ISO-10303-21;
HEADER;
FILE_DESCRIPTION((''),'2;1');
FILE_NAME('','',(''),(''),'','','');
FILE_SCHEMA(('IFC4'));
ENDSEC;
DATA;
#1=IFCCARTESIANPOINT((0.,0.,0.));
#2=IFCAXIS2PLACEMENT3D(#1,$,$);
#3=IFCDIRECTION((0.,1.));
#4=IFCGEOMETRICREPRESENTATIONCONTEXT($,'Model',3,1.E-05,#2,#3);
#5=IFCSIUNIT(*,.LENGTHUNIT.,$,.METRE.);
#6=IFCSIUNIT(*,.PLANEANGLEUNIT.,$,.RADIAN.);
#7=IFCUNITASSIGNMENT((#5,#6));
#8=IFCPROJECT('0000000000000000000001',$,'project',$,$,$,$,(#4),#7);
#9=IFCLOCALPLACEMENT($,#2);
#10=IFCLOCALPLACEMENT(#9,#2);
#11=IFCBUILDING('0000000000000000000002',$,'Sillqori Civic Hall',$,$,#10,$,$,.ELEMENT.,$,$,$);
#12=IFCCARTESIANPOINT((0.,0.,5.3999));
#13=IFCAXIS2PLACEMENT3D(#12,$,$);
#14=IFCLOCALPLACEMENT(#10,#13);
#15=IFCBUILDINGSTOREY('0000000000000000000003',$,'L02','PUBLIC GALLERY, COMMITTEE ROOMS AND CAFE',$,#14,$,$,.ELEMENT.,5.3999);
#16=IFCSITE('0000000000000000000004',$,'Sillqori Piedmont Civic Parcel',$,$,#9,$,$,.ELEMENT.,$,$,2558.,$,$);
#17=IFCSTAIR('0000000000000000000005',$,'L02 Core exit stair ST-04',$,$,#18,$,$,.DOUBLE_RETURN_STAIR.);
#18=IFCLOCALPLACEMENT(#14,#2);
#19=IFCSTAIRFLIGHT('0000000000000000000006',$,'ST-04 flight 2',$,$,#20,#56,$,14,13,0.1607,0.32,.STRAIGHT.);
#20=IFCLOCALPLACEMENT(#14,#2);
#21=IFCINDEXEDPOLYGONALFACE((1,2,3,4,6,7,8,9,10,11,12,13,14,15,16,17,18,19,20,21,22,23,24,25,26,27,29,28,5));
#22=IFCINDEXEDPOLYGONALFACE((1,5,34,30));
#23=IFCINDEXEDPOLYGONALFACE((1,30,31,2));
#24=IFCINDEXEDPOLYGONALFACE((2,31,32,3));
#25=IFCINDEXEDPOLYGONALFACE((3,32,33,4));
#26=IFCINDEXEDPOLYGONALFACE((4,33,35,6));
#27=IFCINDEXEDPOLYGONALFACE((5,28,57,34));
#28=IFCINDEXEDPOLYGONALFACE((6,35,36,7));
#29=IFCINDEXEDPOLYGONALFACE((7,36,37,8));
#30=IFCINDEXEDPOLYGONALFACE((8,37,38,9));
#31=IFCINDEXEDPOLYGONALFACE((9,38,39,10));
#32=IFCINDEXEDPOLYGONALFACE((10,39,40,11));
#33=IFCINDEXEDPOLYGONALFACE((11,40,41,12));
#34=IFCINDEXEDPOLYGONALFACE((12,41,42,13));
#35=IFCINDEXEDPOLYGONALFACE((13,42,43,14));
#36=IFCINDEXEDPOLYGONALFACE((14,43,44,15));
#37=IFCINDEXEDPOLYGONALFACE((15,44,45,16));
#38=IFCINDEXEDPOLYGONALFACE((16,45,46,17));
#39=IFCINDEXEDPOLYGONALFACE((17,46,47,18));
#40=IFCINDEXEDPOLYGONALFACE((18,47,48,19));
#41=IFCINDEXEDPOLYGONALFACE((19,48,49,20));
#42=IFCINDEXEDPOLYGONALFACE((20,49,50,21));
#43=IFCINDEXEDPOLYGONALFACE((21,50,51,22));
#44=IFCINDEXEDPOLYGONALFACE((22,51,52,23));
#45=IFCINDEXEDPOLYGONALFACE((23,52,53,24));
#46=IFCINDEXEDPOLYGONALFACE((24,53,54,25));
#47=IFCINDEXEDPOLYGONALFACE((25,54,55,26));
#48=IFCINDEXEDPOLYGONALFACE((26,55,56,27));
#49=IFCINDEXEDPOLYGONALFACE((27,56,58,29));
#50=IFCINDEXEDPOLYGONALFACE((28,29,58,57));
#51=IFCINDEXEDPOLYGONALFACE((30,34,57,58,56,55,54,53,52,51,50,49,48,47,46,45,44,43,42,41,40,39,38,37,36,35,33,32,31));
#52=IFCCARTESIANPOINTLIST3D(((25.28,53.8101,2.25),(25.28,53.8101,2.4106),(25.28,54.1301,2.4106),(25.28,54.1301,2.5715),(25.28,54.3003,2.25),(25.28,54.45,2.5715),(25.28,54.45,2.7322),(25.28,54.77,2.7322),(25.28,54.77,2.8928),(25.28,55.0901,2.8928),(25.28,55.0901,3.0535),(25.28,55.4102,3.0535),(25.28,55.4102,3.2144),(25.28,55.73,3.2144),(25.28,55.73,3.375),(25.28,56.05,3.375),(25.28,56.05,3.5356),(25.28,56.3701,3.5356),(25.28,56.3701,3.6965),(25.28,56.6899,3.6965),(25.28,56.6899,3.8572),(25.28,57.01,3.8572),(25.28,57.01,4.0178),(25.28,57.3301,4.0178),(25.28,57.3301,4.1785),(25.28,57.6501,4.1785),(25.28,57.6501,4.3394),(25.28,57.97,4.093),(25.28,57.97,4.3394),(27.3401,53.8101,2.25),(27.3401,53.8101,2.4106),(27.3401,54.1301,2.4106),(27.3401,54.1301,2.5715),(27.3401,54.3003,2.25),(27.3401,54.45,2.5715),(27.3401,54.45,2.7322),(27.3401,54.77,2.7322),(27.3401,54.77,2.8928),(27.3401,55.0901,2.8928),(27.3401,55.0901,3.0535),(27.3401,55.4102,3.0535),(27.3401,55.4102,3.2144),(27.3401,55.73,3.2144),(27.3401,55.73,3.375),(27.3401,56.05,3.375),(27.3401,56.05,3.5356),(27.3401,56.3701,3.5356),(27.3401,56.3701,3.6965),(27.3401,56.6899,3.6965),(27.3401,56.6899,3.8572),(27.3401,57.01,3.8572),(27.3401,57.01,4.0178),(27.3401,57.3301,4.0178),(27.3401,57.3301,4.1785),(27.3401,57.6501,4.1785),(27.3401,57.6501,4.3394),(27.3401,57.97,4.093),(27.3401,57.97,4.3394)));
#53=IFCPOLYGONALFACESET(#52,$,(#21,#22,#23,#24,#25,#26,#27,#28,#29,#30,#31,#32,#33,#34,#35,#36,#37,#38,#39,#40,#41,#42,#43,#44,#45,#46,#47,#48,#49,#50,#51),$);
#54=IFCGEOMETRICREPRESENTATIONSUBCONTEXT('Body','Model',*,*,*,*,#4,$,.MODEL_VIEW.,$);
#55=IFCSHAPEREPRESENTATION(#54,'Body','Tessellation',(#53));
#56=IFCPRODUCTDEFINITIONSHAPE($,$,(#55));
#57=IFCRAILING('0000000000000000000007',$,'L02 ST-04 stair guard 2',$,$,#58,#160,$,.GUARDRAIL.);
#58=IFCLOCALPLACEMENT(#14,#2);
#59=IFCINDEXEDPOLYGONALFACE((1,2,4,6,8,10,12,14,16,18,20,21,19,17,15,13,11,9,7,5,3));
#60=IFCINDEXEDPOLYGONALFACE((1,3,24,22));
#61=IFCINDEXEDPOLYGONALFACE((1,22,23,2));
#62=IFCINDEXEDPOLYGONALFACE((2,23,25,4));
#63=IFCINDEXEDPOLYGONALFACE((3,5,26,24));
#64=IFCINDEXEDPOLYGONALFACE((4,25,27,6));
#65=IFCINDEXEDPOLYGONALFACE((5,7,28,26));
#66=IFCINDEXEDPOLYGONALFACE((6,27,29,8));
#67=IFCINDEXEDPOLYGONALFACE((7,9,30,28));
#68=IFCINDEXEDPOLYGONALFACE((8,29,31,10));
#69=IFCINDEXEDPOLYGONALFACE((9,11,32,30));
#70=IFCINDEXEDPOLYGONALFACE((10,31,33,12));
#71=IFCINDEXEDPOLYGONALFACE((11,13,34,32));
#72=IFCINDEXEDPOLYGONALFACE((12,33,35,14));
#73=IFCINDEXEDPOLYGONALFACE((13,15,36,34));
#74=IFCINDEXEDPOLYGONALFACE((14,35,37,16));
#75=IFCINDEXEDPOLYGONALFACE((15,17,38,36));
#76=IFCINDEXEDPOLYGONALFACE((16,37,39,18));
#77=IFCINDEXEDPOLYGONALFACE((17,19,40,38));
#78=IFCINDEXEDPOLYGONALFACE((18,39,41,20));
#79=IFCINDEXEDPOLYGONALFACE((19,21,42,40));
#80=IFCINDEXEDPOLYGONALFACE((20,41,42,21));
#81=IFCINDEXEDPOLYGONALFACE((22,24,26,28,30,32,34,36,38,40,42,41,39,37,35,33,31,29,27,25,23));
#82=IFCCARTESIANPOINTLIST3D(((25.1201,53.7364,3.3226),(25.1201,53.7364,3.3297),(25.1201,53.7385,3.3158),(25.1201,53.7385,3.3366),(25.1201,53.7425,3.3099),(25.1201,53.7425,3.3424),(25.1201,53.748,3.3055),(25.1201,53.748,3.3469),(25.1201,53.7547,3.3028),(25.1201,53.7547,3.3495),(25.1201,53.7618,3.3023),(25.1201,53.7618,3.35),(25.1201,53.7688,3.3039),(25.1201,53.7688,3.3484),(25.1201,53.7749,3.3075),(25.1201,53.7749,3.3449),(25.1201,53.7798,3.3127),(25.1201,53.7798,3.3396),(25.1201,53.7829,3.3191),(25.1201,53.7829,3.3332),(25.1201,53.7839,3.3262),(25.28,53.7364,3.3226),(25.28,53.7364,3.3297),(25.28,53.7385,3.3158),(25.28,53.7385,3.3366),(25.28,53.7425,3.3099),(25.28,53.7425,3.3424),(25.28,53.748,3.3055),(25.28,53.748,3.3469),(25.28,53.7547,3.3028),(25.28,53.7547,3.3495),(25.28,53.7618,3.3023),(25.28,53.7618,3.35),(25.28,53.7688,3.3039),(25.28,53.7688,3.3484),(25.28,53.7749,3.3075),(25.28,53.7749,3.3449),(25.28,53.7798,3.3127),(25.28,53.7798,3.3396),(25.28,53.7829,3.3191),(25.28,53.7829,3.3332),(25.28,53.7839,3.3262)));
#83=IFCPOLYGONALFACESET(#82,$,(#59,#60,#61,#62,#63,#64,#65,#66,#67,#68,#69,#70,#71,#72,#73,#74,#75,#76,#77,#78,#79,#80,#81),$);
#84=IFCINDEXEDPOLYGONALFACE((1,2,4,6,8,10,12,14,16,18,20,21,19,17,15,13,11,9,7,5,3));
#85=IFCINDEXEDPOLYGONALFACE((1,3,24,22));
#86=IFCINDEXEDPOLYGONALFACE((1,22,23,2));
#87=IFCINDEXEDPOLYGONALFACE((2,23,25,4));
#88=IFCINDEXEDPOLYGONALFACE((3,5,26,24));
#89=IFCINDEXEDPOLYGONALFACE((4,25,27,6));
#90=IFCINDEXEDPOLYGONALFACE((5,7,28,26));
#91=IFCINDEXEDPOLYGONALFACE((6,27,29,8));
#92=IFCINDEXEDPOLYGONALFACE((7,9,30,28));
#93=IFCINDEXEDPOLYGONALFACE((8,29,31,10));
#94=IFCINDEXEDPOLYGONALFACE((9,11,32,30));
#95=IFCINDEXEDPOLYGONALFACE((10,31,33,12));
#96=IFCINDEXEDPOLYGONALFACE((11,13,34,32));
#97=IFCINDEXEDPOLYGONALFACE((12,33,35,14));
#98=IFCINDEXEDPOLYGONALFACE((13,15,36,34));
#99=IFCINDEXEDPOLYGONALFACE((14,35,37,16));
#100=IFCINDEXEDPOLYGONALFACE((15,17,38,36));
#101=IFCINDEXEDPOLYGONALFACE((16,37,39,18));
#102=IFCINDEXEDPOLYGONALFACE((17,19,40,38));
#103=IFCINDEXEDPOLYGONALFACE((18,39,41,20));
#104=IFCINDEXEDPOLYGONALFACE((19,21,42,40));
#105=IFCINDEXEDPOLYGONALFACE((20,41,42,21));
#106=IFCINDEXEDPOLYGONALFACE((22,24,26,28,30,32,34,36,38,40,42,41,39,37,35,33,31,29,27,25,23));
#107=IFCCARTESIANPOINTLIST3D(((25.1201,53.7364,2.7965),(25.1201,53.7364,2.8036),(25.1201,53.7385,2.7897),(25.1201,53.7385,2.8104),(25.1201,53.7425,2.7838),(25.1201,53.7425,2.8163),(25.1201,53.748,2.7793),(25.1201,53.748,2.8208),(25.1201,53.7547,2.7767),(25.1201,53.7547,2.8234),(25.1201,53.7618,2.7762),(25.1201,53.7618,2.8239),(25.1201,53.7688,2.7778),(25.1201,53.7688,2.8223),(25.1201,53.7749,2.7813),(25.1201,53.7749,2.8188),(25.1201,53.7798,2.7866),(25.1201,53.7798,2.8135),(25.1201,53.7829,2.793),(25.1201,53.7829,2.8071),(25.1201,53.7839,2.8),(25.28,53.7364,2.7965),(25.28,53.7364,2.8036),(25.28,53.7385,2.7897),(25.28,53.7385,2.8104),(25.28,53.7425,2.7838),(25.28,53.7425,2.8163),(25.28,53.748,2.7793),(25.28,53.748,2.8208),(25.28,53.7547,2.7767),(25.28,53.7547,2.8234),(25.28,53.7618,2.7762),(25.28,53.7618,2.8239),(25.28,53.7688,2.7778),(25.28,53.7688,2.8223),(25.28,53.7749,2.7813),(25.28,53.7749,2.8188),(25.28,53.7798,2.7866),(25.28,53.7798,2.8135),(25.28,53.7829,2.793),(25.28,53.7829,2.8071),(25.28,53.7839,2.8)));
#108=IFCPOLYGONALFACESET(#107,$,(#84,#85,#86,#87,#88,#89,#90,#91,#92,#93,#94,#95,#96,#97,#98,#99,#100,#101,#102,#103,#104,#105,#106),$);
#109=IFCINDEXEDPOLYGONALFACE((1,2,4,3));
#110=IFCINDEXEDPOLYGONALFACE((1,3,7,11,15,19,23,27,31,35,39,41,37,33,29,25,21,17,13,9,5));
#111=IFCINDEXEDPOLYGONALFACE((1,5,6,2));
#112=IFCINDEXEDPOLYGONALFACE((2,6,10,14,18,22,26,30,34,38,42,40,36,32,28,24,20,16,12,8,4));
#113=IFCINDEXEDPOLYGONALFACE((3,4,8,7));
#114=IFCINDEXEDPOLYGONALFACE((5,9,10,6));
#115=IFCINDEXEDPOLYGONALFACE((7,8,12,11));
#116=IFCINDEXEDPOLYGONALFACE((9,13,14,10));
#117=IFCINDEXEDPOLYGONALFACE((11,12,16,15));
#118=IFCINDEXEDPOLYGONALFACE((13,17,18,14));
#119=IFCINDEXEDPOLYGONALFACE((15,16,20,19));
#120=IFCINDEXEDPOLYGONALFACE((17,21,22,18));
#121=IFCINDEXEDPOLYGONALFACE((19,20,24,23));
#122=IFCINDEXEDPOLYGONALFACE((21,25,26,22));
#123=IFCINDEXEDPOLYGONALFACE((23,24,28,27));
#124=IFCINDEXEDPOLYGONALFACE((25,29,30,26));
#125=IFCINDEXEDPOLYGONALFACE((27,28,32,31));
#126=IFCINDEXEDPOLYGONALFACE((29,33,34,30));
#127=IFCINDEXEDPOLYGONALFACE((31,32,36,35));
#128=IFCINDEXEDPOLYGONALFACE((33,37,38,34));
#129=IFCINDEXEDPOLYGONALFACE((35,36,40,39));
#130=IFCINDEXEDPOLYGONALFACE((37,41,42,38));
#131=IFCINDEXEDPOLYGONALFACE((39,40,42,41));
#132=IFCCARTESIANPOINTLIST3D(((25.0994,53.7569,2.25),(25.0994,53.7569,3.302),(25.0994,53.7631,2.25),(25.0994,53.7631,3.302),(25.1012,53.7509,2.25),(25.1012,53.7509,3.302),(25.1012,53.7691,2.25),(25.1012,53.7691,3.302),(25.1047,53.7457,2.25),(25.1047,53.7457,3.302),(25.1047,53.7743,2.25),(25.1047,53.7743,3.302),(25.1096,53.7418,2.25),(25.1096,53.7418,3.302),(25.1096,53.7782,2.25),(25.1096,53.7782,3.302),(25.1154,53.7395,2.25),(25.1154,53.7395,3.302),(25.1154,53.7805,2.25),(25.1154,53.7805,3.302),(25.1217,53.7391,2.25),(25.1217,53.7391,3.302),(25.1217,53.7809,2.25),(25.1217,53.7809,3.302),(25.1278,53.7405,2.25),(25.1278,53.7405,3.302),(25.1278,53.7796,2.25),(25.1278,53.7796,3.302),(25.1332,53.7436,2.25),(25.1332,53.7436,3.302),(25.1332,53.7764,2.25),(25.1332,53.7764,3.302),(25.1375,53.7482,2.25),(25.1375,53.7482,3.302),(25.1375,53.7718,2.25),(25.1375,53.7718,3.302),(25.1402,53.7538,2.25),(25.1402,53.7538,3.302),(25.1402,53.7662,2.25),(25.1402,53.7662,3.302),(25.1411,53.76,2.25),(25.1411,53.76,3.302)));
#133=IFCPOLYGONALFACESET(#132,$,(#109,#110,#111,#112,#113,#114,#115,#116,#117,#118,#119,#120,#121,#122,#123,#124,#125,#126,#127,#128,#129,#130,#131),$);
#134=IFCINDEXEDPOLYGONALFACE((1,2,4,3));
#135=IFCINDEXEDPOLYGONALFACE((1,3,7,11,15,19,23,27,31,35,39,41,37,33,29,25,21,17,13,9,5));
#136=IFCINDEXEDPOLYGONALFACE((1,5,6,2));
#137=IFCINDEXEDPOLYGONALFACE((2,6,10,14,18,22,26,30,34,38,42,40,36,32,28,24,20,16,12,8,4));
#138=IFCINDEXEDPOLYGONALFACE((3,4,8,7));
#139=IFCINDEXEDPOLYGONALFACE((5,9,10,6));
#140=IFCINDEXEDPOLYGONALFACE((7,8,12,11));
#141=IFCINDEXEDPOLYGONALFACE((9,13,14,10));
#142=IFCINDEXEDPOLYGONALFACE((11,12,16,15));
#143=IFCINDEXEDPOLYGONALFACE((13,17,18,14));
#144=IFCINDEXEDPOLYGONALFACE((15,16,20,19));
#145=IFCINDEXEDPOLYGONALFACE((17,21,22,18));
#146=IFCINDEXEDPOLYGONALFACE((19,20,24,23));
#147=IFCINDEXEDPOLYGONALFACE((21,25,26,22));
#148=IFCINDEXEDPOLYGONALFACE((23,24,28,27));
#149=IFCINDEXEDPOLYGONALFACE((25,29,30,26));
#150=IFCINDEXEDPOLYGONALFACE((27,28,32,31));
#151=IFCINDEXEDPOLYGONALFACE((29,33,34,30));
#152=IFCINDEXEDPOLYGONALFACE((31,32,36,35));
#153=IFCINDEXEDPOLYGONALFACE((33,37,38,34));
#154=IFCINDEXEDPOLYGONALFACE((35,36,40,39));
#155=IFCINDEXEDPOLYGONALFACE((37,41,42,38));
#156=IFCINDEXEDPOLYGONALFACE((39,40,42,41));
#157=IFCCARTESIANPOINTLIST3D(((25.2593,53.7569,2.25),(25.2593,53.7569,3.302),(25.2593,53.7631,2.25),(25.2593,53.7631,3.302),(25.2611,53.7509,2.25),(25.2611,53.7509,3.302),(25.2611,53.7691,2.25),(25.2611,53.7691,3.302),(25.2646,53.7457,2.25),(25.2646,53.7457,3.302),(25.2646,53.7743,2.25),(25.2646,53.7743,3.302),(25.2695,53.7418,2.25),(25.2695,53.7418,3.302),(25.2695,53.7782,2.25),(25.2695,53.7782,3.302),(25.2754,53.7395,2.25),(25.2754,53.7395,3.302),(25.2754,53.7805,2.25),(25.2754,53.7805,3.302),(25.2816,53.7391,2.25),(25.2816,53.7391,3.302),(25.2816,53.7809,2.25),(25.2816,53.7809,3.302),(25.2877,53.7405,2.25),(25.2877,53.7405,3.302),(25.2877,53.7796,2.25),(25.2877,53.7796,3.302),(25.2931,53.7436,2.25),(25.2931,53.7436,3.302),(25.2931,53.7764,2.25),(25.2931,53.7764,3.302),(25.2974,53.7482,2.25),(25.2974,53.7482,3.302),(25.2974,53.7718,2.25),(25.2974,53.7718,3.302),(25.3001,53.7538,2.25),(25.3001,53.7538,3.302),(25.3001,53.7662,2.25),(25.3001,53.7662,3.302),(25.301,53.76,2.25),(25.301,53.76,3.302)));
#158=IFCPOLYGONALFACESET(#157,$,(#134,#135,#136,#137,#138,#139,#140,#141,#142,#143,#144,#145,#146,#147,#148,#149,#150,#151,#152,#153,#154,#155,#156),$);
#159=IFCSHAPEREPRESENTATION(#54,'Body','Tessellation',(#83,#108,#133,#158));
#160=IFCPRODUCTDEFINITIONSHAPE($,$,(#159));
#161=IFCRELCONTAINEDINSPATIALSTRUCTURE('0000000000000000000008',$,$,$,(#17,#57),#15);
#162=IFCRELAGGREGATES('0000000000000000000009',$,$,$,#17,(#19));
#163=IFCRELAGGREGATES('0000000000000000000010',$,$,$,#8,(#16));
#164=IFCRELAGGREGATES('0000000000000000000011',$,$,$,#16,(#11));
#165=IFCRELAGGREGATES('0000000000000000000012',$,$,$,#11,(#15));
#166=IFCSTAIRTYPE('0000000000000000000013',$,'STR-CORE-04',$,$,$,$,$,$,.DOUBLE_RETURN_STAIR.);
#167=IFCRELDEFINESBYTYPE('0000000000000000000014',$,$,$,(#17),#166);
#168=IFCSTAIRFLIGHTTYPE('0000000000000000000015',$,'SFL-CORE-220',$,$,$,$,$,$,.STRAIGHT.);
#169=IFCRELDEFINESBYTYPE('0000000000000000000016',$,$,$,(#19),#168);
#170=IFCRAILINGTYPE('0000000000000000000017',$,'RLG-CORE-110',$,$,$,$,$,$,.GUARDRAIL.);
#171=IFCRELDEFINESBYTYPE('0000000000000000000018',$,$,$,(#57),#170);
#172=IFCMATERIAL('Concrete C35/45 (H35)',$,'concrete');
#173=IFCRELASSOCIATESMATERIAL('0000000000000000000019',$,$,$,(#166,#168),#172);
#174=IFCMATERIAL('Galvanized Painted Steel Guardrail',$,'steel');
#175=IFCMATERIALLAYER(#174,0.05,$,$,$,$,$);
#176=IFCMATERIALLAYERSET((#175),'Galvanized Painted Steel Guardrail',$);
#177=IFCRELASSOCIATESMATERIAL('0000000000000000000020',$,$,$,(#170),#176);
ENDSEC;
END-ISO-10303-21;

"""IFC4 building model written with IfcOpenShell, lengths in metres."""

from ifc_helpers import new_model, si_unit, direction, frame, origin, origin_2d, place, context, subcontext, project, spatial, polyline, circle, outline, extrude, material, layer, layer_set, type_object, element, aggregate, save


model = new_model("IFC4")

# Units and contexts
model_context = context("Model", 3, precision=1e-05, world=origin(), true_north=direction((0.0, 1.0)))
body_context = subcontext(model_context, "Body", "Model", "MODEL_VIEW")
ifc_project = project(units=[si_unit("LENGTHUNIT", "METRE"), si_unit("PLANEANGLEUNIT", "RADIAN")], contexts=[model_context])

# Site, building, storey
site_placement = place(None, origin())
site = spatial("IfcSite", under=ifc_project, at=site_placement, Name="Sillqori Piedmont Civic Parcel", CompositionType="ELEMENT", RefElevation=2558.0)
building_placement = place(site_placement, origin())
building = spatial("IfcBuilding", under=site, at=building_placement, Name="Sillqori Civic Hall", CompositionType="ELEMENT")
storey_placement = place(building_placement, frame((0.0, 0.0, 5.3999)))
storey = spatial("IfcBuildingStorey", under=building, at=storey_placement, Name="L02", Description="PUBLIC GALLERY, COMMITTEE ROOMS AND CAFE", CompositionType="ELEMENT", Elevation=5.3999)

# Shared definitions
ifc_material_1 = material(Name="Concrete C35/45 (H35)", Category="concrete")

# Stair, stair flight
stair_type = type_object("IfcStairType", Name="STR-CORE-04", PredefinedType="DOUBLE_RETURN_STAIR", material=ifc_material_1)
stair_placement = place(storey_placement, origin())
stair = element("IfcStair", 1, at=stair_placement, inside=storey, type_object=stair_type, Name="L02 Core exit stair ST-04", PredefinedType="DOUBLE_RETURN_STAIR")
stair_flight_type = type_object("IfcStairFlightType", Name="SFL-CORE-220", PredefinedType="STRAIGHT", material=ifc_material_1)
stair_flight_placement = place(storey_placement, frame((26.3101, 53.8101, 2.25), z_axis=(0.0, 0.0, 1.0), x_axis=(0.0, 1.0, 0.0)))
stair_flight = element("IfcStairFlight", 2, at=stair_flight_placement, type_object=stair_flight_type, Name="ST-04 flight 2", NumberOfRisers=14, NumberOfTreads=13, PredefinedType="STRAIGHT", RiserHeight=0.1607, TreadLength=0.32, context=body_context, shape_type="SweptSolid", body=[
    extrude(outline(polyline([(0.0, 0.0), (0.0, 0.1606), (0.3201, 0.1606), (0.3201, 0.3215), (0.6399, 0.3215), (0.6399, 0.4822), (0.96, 0.4822), (0.96, 0.6428), (1.28, 0.6428), (1.28, 0.8035), (1.6001, 0.8035), (1.6001, 0.9644), (1.9199, 0.9644), (1.9199, 1.125), (2.24, 1.125), (2.24, 1.2856), (2.5601, 1.2856), (2.5601, 1.4465), (2.8799, 1.4465), (2.8799, 1.6072), (3.2, 1.6072), (3.2, 1.7678), (3.52, 1.7678), (3.52, 1.9285), (3.8401, 1.9285), (3.8401, 2.0894), (4.1599, 2.0894), (4.1599, 2.25), (4.1599, 1.843), (0.4902, 0.0), (0.0, 0.0)])), frame((0.0, 1.03, 0.0), z_axis=(0.0, -1.0, 0.0), x_axis=(1.0, 0.0, 0.0)), (0.0, 0.0, 1.0), 2.0601),
])
aggregate(stair, [stair_flight])

# Railing
ifc_material_2 = material(Name="Galvanized Painted Steel Guardrail", Category="steel")
ifc_layer_1 = layer(ifc_material_2, 0.05)
ifc_layer_set_1 = layer_set([ifc_layer_1], Name="Galvanized Painted Steel Guardrail")
railing_type = type_object("IfcRailingType", Name="RLG-CORE-110", PredefinedType="GUARDRAIL", material=ifc_layer_set_1)
railing_1_placement = place(storey_placement, frame((25.1201, 53.76, 2.25)))
element("IfcRailing", 3, at=railing_1_placement, inside=storey, type_object=railing_type, Name="L02 ST-04 stair guard 2", PredefinedType="GUARDRAIL", context=body_context, shape_type="SweptSolid", body=[
    extrude(circle(Radius=0.0239, at=origin_2d()), frame((0.0, 0.0, 1.0762), z_axis=(1.0, 0.0, 0.0), x_axis=(0.0, 1.0, 0.0)), (0.0, 0.0, 1.0), 0.1599),
    extrude(circle(Radius=0.0239, at=origin_2d()), frame((0.0, 0.0, 0.55), z_axis=(1.0, 0.0, 0.0), x_axis=(0.0, 1.0, 0.0)), (0.0, 0.0, 1.0), 0.1599),
    extrude(circle(Radius=0.021, at=origin_2d()), origin(), (0.0, 0.0, 1.0), 1.052),
    extrude(circle(Radius=0.021, at=origin_2d()), frame((0.1599, 0.0, 0.0)), (0.0, 0.0, 1.0), 1.052),
])

save(model, "model.ifc")
